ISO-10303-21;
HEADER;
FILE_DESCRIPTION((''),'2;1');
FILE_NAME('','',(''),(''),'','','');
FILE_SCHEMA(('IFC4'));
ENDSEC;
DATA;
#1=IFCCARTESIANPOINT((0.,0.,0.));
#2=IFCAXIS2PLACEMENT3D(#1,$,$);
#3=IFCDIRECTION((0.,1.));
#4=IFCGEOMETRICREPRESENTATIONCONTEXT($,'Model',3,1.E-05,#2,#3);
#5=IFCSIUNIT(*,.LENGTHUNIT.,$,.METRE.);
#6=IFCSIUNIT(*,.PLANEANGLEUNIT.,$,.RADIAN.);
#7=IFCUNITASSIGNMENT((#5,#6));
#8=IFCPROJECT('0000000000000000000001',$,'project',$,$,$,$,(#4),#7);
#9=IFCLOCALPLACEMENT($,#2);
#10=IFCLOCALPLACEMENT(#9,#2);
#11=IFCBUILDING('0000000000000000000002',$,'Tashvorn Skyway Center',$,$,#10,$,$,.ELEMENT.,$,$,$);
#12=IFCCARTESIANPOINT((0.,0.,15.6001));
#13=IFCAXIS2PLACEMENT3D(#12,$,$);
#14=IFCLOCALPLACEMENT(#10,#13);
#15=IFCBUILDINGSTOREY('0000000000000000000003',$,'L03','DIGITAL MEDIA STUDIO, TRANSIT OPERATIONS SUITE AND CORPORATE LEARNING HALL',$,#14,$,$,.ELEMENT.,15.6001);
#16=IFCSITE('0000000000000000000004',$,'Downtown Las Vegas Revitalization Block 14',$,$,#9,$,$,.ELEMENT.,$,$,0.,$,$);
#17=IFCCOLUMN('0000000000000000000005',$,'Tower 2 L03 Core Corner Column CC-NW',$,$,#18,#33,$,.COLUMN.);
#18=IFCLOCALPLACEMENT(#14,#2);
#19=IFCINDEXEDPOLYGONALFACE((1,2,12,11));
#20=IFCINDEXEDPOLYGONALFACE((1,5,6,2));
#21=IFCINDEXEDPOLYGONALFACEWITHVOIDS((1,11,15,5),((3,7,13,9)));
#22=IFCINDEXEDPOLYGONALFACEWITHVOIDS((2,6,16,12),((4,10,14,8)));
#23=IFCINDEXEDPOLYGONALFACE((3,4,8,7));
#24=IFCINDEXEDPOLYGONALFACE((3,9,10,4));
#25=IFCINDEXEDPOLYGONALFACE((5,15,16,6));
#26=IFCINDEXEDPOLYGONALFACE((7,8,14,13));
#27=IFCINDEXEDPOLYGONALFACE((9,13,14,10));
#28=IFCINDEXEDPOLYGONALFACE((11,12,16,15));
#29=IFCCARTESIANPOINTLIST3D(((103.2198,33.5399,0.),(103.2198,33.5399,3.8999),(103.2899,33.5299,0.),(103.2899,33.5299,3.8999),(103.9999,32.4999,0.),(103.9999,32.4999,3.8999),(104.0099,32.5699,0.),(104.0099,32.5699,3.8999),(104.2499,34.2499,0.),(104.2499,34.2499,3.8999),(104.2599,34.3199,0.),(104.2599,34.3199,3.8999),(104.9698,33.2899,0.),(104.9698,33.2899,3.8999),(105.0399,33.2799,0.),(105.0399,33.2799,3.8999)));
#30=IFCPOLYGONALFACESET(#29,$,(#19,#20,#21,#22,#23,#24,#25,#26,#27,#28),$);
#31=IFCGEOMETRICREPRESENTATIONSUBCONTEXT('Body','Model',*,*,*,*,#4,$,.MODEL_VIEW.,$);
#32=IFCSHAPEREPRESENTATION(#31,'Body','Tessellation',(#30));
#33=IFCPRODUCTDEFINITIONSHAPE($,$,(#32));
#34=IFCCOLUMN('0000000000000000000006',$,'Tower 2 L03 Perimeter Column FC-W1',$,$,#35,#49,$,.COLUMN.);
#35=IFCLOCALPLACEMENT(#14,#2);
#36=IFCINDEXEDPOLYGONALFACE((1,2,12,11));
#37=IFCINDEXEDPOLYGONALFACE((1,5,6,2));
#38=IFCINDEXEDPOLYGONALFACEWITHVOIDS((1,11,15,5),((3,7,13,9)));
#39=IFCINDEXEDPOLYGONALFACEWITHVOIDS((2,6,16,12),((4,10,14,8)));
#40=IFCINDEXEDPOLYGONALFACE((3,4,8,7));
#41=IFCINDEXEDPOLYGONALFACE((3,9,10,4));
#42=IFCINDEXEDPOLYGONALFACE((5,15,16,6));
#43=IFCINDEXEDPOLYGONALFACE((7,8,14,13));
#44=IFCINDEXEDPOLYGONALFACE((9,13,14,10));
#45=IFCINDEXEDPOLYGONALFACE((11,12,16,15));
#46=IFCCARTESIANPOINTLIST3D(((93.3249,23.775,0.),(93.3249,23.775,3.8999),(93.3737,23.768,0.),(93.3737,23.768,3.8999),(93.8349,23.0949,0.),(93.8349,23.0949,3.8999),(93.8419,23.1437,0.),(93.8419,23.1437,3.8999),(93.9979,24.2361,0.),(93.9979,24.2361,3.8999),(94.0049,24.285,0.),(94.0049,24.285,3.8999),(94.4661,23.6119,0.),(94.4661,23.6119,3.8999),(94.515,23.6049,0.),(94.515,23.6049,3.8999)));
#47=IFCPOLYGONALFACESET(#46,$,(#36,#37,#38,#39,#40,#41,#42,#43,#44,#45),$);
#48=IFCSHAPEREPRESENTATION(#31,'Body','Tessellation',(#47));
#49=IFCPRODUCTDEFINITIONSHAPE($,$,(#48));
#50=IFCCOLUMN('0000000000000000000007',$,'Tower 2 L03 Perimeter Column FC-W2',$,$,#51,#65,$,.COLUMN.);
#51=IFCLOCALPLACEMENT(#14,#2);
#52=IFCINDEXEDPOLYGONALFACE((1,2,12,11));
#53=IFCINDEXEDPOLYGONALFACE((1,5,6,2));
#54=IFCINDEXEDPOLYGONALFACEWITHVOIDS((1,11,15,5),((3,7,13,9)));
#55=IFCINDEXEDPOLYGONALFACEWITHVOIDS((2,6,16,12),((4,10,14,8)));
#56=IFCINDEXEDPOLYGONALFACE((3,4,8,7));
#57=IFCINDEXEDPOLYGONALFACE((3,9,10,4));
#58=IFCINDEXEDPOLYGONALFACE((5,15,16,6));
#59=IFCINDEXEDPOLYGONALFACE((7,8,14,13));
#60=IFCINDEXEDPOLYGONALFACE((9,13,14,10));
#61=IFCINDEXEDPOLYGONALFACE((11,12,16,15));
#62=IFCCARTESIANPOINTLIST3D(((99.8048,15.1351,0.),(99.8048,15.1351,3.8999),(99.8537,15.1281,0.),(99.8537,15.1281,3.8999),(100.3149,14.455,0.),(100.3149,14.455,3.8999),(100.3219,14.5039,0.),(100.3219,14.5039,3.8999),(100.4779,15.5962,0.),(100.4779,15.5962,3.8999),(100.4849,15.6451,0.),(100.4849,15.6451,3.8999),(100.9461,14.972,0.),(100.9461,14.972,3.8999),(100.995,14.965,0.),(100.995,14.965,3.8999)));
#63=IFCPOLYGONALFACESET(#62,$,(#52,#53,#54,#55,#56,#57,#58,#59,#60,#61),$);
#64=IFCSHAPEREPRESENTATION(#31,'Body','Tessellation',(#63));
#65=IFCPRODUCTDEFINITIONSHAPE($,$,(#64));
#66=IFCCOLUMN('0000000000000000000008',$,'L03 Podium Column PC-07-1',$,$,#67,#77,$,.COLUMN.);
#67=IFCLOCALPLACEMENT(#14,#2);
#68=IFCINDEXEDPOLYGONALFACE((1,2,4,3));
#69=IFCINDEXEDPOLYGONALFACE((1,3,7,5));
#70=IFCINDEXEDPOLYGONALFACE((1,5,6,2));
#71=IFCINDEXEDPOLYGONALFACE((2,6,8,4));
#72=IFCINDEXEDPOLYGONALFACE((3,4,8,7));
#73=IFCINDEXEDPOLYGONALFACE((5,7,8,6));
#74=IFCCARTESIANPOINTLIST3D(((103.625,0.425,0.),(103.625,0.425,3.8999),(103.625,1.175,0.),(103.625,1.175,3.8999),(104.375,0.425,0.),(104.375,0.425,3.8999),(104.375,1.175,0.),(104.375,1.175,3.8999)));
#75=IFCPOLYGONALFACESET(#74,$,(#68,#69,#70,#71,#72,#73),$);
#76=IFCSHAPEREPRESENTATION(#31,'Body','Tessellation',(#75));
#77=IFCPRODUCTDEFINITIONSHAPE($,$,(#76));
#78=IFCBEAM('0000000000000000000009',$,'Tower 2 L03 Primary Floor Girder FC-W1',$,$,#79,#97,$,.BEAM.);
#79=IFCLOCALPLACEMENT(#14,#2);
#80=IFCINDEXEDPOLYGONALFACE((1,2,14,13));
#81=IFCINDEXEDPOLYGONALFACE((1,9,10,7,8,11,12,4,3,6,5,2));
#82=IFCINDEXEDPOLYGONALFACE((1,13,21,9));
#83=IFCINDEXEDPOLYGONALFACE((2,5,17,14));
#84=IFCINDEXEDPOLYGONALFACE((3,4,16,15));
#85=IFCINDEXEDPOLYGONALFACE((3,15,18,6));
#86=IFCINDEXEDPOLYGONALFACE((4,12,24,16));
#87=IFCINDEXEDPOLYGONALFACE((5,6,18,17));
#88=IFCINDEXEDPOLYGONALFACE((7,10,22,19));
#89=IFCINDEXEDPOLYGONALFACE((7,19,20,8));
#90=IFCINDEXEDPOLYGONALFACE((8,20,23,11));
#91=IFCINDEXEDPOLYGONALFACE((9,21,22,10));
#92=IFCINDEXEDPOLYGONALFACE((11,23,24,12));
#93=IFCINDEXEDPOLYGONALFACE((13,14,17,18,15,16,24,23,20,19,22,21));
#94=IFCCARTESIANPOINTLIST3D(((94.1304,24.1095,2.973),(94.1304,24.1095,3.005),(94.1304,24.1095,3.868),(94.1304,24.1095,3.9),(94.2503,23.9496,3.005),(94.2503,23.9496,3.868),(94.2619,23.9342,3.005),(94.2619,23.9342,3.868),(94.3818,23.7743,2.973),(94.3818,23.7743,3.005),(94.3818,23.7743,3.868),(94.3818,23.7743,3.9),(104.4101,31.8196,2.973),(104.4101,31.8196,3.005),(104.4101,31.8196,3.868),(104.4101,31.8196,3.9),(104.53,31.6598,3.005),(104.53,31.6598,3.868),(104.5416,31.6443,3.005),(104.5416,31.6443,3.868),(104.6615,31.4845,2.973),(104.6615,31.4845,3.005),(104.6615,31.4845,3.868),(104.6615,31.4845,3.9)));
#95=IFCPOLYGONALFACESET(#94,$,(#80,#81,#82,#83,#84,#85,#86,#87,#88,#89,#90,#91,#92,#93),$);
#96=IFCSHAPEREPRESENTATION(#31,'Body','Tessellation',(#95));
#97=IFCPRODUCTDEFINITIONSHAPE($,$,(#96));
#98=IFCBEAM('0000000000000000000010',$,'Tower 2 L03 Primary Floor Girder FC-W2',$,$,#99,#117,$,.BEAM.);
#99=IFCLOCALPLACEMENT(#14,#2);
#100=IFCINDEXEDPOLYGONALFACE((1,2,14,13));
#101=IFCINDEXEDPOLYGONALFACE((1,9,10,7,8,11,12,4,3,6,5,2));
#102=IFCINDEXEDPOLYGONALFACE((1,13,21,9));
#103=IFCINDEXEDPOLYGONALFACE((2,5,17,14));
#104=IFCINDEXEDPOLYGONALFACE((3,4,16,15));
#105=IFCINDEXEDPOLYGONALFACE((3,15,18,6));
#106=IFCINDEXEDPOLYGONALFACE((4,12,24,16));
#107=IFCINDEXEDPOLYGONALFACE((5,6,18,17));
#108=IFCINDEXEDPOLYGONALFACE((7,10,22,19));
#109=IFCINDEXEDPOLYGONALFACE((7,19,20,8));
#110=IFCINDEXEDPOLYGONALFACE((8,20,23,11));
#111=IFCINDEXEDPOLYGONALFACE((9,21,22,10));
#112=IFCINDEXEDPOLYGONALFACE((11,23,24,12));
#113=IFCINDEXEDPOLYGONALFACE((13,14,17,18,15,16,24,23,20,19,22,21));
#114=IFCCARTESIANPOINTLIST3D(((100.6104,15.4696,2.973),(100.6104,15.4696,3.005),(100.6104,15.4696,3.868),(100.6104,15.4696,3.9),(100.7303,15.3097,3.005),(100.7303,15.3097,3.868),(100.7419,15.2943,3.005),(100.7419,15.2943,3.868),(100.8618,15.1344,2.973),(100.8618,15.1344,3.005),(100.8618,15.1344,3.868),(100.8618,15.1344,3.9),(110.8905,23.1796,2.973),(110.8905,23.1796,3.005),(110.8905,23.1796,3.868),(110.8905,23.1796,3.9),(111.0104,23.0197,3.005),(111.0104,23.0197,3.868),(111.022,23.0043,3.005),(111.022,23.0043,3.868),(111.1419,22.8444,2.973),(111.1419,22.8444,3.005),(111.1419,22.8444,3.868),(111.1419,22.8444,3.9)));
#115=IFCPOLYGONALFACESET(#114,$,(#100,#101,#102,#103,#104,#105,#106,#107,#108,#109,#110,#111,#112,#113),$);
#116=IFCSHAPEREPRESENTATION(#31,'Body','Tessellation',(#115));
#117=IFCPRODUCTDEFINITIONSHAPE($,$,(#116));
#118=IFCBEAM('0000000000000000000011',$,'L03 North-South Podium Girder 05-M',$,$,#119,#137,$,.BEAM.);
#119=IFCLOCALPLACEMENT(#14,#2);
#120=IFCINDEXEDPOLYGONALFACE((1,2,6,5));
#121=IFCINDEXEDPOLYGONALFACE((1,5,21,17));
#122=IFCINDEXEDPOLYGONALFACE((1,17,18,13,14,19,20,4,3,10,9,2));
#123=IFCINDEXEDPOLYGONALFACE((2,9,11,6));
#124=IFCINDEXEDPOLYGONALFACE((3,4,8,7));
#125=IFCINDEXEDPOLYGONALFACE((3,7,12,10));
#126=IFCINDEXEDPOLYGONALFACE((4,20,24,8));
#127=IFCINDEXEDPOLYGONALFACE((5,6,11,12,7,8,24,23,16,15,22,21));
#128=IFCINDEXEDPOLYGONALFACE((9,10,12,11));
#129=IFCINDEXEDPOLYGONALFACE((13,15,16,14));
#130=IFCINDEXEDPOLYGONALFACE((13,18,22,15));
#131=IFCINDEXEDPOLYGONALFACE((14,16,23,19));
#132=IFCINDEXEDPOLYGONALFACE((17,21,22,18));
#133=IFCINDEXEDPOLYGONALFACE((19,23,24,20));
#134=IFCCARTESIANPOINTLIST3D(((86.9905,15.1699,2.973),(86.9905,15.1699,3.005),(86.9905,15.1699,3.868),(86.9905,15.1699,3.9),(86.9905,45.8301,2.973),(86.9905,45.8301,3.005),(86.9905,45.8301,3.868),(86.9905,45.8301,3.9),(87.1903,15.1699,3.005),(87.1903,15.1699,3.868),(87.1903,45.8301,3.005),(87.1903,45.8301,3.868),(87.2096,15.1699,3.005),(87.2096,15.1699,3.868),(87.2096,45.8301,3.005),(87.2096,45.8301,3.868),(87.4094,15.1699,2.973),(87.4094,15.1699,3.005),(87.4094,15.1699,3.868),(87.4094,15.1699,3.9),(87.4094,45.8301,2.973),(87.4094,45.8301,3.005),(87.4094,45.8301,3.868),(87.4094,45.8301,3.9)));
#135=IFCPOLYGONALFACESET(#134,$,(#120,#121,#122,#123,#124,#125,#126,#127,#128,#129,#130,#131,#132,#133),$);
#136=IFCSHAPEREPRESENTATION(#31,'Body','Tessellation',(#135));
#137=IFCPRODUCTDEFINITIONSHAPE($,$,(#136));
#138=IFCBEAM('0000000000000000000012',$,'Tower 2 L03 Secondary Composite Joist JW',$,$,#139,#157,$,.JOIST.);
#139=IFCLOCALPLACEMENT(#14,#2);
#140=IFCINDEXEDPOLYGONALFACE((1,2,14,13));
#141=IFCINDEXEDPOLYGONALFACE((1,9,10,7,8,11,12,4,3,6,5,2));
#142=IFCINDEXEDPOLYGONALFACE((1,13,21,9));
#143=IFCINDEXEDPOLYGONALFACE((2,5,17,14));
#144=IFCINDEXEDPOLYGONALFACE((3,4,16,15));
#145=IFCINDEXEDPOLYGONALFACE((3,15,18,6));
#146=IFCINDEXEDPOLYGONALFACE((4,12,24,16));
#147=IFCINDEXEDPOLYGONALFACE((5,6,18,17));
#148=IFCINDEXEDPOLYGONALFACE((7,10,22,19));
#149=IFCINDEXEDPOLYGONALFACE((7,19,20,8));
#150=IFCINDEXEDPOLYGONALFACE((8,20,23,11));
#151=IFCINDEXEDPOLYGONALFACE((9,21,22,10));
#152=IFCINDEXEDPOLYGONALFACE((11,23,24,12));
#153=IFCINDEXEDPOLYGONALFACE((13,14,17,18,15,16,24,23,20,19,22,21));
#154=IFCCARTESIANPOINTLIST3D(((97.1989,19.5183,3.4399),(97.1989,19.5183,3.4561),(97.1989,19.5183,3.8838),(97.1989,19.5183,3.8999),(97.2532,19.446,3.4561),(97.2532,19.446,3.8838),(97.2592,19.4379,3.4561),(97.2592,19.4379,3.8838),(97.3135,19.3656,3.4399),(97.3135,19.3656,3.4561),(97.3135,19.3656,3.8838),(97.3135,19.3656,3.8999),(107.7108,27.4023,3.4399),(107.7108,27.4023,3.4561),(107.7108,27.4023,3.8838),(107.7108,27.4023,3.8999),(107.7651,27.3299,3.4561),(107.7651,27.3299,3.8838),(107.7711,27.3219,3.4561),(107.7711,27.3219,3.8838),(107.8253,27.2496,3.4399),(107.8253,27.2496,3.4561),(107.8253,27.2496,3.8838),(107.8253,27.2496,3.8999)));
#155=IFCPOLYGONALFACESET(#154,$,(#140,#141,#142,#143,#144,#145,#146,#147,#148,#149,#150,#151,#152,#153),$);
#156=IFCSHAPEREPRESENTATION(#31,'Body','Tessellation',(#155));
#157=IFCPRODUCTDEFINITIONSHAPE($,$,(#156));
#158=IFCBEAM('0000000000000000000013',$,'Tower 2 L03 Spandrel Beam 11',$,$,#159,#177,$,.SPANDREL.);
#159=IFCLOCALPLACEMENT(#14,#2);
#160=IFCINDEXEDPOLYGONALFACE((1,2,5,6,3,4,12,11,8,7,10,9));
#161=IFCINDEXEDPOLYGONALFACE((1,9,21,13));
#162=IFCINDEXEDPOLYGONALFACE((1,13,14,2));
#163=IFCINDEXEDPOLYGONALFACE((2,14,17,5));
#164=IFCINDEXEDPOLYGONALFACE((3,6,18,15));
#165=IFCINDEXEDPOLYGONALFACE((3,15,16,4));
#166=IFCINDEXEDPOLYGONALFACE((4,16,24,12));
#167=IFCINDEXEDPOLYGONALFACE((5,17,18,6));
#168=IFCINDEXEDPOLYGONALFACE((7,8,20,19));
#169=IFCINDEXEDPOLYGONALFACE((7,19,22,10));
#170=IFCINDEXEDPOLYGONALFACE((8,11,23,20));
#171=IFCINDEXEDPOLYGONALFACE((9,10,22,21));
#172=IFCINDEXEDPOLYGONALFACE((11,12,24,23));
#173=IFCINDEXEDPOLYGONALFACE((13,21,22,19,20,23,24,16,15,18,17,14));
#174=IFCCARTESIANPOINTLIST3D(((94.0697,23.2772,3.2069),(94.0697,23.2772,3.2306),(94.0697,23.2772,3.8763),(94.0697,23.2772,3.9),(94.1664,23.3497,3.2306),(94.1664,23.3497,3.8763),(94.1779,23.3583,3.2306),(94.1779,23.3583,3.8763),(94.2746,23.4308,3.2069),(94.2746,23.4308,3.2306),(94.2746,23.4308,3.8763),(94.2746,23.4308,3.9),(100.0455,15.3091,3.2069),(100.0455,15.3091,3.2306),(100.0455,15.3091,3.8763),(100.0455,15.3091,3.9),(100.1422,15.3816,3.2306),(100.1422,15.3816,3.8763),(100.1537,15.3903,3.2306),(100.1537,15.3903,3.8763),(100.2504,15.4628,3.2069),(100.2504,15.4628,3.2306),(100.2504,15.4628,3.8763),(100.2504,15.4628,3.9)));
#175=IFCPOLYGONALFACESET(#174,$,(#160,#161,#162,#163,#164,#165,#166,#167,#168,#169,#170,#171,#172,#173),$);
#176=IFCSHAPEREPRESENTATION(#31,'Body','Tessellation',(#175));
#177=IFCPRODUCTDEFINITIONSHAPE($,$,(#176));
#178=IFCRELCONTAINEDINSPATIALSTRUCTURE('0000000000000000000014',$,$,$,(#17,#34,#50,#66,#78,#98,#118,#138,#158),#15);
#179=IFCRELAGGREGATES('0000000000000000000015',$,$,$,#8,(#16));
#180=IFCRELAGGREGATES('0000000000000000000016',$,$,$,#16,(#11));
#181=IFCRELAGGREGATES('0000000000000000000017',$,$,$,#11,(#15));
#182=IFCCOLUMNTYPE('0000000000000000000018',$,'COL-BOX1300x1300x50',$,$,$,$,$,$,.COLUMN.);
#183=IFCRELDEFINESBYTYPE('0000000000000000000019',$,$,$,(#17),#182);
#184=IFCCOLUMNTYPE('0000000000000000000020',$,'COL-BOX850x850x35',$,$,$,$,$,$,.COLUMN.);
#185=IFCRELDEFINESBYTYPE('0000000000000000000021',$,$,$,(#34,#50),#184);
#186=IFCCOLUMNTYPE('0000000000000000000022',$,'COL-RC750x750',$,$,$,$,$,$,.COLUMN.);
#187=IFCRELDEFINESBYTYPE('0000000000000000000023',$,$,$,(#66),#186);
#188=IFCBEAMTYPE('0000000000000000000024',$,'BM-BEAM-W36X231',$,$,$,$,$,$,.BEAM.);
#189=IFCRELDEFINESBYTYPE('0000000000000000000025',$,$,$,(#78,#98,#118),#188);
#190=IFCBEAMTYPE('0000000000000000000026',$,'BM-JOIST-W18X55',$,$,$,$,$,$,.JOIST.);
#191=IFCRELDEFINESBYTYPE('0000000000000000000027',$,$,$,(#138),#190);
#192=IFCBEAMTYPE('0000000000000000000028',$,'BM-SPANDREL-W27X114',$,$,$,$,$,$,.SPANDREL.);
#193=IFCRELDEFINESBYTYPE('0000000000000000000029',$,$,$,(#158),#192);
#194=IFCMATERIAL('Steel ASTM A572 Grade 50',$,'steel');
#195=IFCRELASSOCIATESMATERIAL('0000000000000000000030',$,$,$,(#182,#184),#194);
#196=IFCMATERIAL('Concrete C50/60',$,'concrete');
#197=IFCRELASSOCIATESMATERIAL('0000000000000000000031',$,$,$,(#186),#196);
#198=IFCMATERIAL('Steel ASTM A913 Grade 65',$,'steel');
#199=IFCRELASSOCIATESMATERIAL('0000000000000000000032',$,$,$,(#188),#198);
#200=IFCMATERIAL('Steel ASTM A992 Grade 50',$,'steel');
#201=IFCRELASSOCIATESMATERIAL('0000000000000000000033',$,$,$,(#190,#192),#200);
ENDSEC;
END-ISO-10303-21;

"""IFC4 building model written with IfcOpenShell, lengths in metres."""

from ifc_helpers import new_model, si_unit, direction, frame, origin, origin_2d, place, context, subcontext, project, spatial, rectangle, hollow_rectangle, i_section, extrude, material, material_profile, profile_set, type_object, element, save


model = new_model("IFC4")

# Units and contexts
model_context = context("Model", 3, precision=1e-05, world=origin(), true_north=direction((0.0, 1.0)))
body_context = subcontext(model_context, "Body", "Model", "MODEL_VIEW")
ifc_project = project(units=[si_unit("LENGTHUNIT", "METRE"), si_unit("PLANEANGLEUNIT", "RADIAN")], contexts=[model_context])

# Site, building, storey
site_placement = place(None, origin())
site = spatial("IfcSite", under=ifc_project, at=site_placement, Name="Downtown Las Vegas Revitalization Block 14", CompositionType="ELEMENT", RefElevation=0.0)
building_placement = place(site_placement, origin())
building = spatial("IfcBuilding", under=site, at=building_placement, Name="Tashvorn Skyway Center", CompositionType="ELEMENT")
storey_placement = place(building_placement, frame((0.0, 0.0, 15.6001)))
storey = spatial("IfcBuildingStorey", under=building, at=storey_placement, Name="L03", Description="DIGITAL MEDIA STUDIO, TRANSIT OPERATIONS SUITE AND CORPORATE LEARNING HALL", CompositionType="ELEMENT", Elevation=15.6001)

# Columns
ifc_material_1 = material(Name="Steel ASTM A572 Grade 50", Category="steel")
ifc_material_profile_1 = material_profile(ifc_material_1, hollow_rectangle(XDim=1.3, YDim=1.3, WallThickness=0.05, at=origin_2d()), Name="BOX1300x1300x50")
ifc_profile_set_1 = profile_set([ifc_material_profile_1], Name="Steel ASTM A572 Grade 50")
column_type_1 = type_object("IfcColumnType", Name="COL-BOX1300x1300x50", PredefinedType="COLUMN", material=ifc_profile_set_1)
column_1_placement = place(storey_placement, frame((104.1299, 33.4099, 0.0), z_axis=(0.0, 0.0, 1.0), x_axis=(0.8, 0.6, 0.0)))
element("IfcColumn", 1, at=column_1_placement, inside=storey, type_object=column_type_1, Name="Tower 2 L03 Core Corner Column CC-NW", PredefinedType="COLUMN", context=body_context, shape_type="SweptSolid", body=[
    extrude(hollow_rectangle(XDim=1.3, YDim=1.3, WallThickness=0.05, at=origin_2d()), origin(), (0.0, 0.0, 1.0), 3.8999),
])
ifc_material_profile_2 = material_profile(ifc_material_1, hollow_rectangle(XDim=0.8501, YDim=0.8501, WallThickness=0.0349, at=origin_2d()), Name="BOX850x850x35")
ifc_profile_set_2 = profile_set([ifc_material_profile_2], Name="Steel ASTM A572 Grade 50")
column_type_2 = type_object("IfcColumnType", Name="COL-BOX850x850x35", PredefinedType="COLUMN", material=ifc_profile_set_2)
for number, where, z_axis, x_axis, name in (
    (2, (93.9199, 23.6899, 0.0), (0.0, 0.0, 1.0), (0.8, 0.6, 0.0), "Tower 2 L03 Perimeter Column FC-W1"),
    (3, (100.3999, 15.05, 0.0), (0.0, 0.0, 1.0), (0.8, 0.6, 0.0), "Tower 2 L03 Perimeter Column FC-W2"),
):
    element("IfcColumn", number, at=place(storey_placement, frame(where, z_axis=z_axis, x_axis=x_axis)), inside=storey, type_object=column_type_2, Name=name, PredefinedType="COLUMN", context=body_context, shape_type="SweptSolid", body=[
        extrude(hollow_rectangle(XDim=0.8501, YDim=0.8501, WallThickness=0.0349, at=origin_2d()), origin(), (0.0, 0.0, 1.0), 3.8999),
    ])
ifc_material_2 = material(Name="Concrete C50/60", Category="concrete")
ifc_material_profile_3 = material_profile(ifc_material_2, rectangle(XDim=0.75, YDim=0.75, at=origin_2d()), Name="RC750x750")
ifc_profile_set_3 = profile_set([ifc_material_profile_3], Name="Concrete C50/60")
column_type_3 = type_object("IfcColumnType", Name="COL-RC750x750", PredefinedType="COLUMN", material=ifc_profile_set_3)
column_2_placement = place(storey_placement, frame((104.0, 0.8, 0.0), z_axis=(0.0, 0.0, 1.0), x_axis=(1.0, 0.0, 0.0)))
element("IfcColumn", 4, at=column_2_placement, inside=storey, type_object=column_type_3, Name="L03 Podium Column PC-07-1", PredefinedType="COLUMN", context=body_context, shape_type="SweptSolid", body=[
    extrude(rectangle(XDim=0.75, YDim=0.75, at=origin_2d()), origin(), (0.0, 0.0, 1.0), 3.8999),
])

# Beams
ifc_material_3 = material(Name="Steel ASTM A913 Grade 65", Category="steel")
ifc_material_profile_4 = material_profile(ifc_material_3, i_section(OverallWidth=0.4189, OverallDepth=0.927, WebThickness=0.0193, FlangeThickness=0.032, at=origin_2d()), Name="W36X231")
ifc_profile_set_4 = profile_set([ifc_material_profile_4], Name="Steel ASTM A913 Grade 65")
beam_type_1 = type_object("IfcBeamType", Name="BM-BEAM-W36X231", PredefinedType="BEAM", material=ifc_profile_set_4)
beam_1_placement = place(storey_placement, frame((94.2561, 23.9419, 3.4365), z_axis=(0.799986, 0.600018, 0.0), x_axis=(-0.600018, 0.799986, 0.0)))
element("IfcBeam", 5, at=beam_1_placement, inside=storey, type_object=beam_type_1, Name="Tower 2 L03 Primary Floor Girder FC-W1", PredefinedType="BEAM", context=body_context, shape_type="SweptSolid", body=[
    extrude(i_section(OverallWidth=0.4189, OverallDepth=0.927, WebThickness=0.0193, FlangeThickness=0.032, at=origin_2d()), origin(), (0.0, 0.0, 1.0), 12.8499),
])
beam_2_placement = place(storey_placement, frame((100.7361, 15.302, 3.4365), z_axis=(0.800002, 0.599997, 0.0), x_axis=(-0.599997, 0.800002, 0.0)))
element("IfcBeam", 6, at=beam_2_placement, inside=storey, type_object=beam_type_1, Name="Tower 2 L03 Primary Floor Girder FC-W2", PredefinedType="BEAM", context=body_context, shape_type="SweptSolid", body=[
    extrude(i_section(OverallWidth=0.4189, OverallDepth=0.927, WebThickness=0.0193, FlangeThickness=0.032, at=origin_2d()), origin(), (0.0, 0.0, 1.0), 12.8501),
])
beam_3_placement = place(storey_placement, frame((87.2, 15.1699, 3.4365), z_axis=(0.0, 1.0, 0.0), x_axis=(-1.0, 0.0, 0.0)))
element("IfcBeam", 7, at=beam_3_placement, inside=storey, type_object=beam_type_1, Name="L03 North-South Podium Girder 05-M", PredefinedType="BEAM", context=body_context, shape_type="SweptSolid", body=[
    extrude(i_section(OverallWidth=0.4189, OverallDepth=0.927, WebThickness=0.0193, FlangeThickness=0.032, at=origin_2d()), origin(), (0.0, 0.0, 1.0), 30.6602),
])
ifc_material_4 = material(Name="Steel ASTM A992 Grade 50", Category="steel")
ifc_material_profile_5 = material_profile(ifc_material_4, i_section(OverallWidth=0.1909, OverallDepth=0.46, WebThickness=0.01, FlangeThickness=0.0161, at=origin_2d()), Name="W18X55")
ifc_profile_set_5 = profile_set([ifc_material_profile_5], Name="Steel ASTM A992 Grade 50")
beam_type_2 = type_object("IfcBeamType", Name="BM-JOIST-W18X55", PredefinedType="JOIST", material=ifc_profile_set_5)
beam_4_placement = place(storey_placement, frame((107.7681, 27.3259, 3.6699), z_axis=(-0.799998, -0.600003, 0.0), x_axis=(0.600003, -0.799998, 0.0)))
element("IfcBeam", 8, at=beam_4_placement, inside=storey, type_object=beam_type_2, Name="Tower 2 L03 Secondary Composite Joist JW", PredefinedType="JOIST", context=body_context, shape_type="SweptSolid", body=[
    extrude(i_section(OverallWidth=0.1909, OverallDepth=0.46, WebThickness=0.01, FlangeThickness=0.0161, at=origin_2d()), origin(), (0.0, 0.0, 1.0), 13.1399),
])
ifc_material_profile_6 = material_profile(ifc_material_4, i_section(OverallWidth=0.2561, OverallDepth=0.6931, WebThickness=0.0144, FlangeThickness=0.0237, at=origin_2d()), Name="W27X114")
ifc_profile_set_6 = profile_set([ifc_material_profile_6], Name="Steel ASTM A992 Grade 50")
beam_type_3 = type_object("IfcBeamType", Name="BM-SPANDREL-W27X114", PredefinedType="SPANDREL", material=ifc_profile_set_6)
beam_5_placement = place(storey_placement, frame((94.1721, 23.354, 3.5535), z_axis=(0.599988, -0.800009, 0.0), x_axis=(0.800009, 0.599988, 0.0)))
element("IfcBeam", 9, at=beam_5_placement, inside=storey, type_object=beam_type_3, Name="Tower 2 L03 Spandrel Beam 11", PredefinedType="SPANDREL", context=body_context, shape_type="SweptSolid", body=[
    extrude(i_section(OverallWidth=0.2561, OverallDepth=0.6931, WebThickness=0.0144, FlangeThickness=0.0237, at=origin_2d()), origin(), (0.0, 0.0, 1.0), 9.96),
])

save(model, "model.ifc")
